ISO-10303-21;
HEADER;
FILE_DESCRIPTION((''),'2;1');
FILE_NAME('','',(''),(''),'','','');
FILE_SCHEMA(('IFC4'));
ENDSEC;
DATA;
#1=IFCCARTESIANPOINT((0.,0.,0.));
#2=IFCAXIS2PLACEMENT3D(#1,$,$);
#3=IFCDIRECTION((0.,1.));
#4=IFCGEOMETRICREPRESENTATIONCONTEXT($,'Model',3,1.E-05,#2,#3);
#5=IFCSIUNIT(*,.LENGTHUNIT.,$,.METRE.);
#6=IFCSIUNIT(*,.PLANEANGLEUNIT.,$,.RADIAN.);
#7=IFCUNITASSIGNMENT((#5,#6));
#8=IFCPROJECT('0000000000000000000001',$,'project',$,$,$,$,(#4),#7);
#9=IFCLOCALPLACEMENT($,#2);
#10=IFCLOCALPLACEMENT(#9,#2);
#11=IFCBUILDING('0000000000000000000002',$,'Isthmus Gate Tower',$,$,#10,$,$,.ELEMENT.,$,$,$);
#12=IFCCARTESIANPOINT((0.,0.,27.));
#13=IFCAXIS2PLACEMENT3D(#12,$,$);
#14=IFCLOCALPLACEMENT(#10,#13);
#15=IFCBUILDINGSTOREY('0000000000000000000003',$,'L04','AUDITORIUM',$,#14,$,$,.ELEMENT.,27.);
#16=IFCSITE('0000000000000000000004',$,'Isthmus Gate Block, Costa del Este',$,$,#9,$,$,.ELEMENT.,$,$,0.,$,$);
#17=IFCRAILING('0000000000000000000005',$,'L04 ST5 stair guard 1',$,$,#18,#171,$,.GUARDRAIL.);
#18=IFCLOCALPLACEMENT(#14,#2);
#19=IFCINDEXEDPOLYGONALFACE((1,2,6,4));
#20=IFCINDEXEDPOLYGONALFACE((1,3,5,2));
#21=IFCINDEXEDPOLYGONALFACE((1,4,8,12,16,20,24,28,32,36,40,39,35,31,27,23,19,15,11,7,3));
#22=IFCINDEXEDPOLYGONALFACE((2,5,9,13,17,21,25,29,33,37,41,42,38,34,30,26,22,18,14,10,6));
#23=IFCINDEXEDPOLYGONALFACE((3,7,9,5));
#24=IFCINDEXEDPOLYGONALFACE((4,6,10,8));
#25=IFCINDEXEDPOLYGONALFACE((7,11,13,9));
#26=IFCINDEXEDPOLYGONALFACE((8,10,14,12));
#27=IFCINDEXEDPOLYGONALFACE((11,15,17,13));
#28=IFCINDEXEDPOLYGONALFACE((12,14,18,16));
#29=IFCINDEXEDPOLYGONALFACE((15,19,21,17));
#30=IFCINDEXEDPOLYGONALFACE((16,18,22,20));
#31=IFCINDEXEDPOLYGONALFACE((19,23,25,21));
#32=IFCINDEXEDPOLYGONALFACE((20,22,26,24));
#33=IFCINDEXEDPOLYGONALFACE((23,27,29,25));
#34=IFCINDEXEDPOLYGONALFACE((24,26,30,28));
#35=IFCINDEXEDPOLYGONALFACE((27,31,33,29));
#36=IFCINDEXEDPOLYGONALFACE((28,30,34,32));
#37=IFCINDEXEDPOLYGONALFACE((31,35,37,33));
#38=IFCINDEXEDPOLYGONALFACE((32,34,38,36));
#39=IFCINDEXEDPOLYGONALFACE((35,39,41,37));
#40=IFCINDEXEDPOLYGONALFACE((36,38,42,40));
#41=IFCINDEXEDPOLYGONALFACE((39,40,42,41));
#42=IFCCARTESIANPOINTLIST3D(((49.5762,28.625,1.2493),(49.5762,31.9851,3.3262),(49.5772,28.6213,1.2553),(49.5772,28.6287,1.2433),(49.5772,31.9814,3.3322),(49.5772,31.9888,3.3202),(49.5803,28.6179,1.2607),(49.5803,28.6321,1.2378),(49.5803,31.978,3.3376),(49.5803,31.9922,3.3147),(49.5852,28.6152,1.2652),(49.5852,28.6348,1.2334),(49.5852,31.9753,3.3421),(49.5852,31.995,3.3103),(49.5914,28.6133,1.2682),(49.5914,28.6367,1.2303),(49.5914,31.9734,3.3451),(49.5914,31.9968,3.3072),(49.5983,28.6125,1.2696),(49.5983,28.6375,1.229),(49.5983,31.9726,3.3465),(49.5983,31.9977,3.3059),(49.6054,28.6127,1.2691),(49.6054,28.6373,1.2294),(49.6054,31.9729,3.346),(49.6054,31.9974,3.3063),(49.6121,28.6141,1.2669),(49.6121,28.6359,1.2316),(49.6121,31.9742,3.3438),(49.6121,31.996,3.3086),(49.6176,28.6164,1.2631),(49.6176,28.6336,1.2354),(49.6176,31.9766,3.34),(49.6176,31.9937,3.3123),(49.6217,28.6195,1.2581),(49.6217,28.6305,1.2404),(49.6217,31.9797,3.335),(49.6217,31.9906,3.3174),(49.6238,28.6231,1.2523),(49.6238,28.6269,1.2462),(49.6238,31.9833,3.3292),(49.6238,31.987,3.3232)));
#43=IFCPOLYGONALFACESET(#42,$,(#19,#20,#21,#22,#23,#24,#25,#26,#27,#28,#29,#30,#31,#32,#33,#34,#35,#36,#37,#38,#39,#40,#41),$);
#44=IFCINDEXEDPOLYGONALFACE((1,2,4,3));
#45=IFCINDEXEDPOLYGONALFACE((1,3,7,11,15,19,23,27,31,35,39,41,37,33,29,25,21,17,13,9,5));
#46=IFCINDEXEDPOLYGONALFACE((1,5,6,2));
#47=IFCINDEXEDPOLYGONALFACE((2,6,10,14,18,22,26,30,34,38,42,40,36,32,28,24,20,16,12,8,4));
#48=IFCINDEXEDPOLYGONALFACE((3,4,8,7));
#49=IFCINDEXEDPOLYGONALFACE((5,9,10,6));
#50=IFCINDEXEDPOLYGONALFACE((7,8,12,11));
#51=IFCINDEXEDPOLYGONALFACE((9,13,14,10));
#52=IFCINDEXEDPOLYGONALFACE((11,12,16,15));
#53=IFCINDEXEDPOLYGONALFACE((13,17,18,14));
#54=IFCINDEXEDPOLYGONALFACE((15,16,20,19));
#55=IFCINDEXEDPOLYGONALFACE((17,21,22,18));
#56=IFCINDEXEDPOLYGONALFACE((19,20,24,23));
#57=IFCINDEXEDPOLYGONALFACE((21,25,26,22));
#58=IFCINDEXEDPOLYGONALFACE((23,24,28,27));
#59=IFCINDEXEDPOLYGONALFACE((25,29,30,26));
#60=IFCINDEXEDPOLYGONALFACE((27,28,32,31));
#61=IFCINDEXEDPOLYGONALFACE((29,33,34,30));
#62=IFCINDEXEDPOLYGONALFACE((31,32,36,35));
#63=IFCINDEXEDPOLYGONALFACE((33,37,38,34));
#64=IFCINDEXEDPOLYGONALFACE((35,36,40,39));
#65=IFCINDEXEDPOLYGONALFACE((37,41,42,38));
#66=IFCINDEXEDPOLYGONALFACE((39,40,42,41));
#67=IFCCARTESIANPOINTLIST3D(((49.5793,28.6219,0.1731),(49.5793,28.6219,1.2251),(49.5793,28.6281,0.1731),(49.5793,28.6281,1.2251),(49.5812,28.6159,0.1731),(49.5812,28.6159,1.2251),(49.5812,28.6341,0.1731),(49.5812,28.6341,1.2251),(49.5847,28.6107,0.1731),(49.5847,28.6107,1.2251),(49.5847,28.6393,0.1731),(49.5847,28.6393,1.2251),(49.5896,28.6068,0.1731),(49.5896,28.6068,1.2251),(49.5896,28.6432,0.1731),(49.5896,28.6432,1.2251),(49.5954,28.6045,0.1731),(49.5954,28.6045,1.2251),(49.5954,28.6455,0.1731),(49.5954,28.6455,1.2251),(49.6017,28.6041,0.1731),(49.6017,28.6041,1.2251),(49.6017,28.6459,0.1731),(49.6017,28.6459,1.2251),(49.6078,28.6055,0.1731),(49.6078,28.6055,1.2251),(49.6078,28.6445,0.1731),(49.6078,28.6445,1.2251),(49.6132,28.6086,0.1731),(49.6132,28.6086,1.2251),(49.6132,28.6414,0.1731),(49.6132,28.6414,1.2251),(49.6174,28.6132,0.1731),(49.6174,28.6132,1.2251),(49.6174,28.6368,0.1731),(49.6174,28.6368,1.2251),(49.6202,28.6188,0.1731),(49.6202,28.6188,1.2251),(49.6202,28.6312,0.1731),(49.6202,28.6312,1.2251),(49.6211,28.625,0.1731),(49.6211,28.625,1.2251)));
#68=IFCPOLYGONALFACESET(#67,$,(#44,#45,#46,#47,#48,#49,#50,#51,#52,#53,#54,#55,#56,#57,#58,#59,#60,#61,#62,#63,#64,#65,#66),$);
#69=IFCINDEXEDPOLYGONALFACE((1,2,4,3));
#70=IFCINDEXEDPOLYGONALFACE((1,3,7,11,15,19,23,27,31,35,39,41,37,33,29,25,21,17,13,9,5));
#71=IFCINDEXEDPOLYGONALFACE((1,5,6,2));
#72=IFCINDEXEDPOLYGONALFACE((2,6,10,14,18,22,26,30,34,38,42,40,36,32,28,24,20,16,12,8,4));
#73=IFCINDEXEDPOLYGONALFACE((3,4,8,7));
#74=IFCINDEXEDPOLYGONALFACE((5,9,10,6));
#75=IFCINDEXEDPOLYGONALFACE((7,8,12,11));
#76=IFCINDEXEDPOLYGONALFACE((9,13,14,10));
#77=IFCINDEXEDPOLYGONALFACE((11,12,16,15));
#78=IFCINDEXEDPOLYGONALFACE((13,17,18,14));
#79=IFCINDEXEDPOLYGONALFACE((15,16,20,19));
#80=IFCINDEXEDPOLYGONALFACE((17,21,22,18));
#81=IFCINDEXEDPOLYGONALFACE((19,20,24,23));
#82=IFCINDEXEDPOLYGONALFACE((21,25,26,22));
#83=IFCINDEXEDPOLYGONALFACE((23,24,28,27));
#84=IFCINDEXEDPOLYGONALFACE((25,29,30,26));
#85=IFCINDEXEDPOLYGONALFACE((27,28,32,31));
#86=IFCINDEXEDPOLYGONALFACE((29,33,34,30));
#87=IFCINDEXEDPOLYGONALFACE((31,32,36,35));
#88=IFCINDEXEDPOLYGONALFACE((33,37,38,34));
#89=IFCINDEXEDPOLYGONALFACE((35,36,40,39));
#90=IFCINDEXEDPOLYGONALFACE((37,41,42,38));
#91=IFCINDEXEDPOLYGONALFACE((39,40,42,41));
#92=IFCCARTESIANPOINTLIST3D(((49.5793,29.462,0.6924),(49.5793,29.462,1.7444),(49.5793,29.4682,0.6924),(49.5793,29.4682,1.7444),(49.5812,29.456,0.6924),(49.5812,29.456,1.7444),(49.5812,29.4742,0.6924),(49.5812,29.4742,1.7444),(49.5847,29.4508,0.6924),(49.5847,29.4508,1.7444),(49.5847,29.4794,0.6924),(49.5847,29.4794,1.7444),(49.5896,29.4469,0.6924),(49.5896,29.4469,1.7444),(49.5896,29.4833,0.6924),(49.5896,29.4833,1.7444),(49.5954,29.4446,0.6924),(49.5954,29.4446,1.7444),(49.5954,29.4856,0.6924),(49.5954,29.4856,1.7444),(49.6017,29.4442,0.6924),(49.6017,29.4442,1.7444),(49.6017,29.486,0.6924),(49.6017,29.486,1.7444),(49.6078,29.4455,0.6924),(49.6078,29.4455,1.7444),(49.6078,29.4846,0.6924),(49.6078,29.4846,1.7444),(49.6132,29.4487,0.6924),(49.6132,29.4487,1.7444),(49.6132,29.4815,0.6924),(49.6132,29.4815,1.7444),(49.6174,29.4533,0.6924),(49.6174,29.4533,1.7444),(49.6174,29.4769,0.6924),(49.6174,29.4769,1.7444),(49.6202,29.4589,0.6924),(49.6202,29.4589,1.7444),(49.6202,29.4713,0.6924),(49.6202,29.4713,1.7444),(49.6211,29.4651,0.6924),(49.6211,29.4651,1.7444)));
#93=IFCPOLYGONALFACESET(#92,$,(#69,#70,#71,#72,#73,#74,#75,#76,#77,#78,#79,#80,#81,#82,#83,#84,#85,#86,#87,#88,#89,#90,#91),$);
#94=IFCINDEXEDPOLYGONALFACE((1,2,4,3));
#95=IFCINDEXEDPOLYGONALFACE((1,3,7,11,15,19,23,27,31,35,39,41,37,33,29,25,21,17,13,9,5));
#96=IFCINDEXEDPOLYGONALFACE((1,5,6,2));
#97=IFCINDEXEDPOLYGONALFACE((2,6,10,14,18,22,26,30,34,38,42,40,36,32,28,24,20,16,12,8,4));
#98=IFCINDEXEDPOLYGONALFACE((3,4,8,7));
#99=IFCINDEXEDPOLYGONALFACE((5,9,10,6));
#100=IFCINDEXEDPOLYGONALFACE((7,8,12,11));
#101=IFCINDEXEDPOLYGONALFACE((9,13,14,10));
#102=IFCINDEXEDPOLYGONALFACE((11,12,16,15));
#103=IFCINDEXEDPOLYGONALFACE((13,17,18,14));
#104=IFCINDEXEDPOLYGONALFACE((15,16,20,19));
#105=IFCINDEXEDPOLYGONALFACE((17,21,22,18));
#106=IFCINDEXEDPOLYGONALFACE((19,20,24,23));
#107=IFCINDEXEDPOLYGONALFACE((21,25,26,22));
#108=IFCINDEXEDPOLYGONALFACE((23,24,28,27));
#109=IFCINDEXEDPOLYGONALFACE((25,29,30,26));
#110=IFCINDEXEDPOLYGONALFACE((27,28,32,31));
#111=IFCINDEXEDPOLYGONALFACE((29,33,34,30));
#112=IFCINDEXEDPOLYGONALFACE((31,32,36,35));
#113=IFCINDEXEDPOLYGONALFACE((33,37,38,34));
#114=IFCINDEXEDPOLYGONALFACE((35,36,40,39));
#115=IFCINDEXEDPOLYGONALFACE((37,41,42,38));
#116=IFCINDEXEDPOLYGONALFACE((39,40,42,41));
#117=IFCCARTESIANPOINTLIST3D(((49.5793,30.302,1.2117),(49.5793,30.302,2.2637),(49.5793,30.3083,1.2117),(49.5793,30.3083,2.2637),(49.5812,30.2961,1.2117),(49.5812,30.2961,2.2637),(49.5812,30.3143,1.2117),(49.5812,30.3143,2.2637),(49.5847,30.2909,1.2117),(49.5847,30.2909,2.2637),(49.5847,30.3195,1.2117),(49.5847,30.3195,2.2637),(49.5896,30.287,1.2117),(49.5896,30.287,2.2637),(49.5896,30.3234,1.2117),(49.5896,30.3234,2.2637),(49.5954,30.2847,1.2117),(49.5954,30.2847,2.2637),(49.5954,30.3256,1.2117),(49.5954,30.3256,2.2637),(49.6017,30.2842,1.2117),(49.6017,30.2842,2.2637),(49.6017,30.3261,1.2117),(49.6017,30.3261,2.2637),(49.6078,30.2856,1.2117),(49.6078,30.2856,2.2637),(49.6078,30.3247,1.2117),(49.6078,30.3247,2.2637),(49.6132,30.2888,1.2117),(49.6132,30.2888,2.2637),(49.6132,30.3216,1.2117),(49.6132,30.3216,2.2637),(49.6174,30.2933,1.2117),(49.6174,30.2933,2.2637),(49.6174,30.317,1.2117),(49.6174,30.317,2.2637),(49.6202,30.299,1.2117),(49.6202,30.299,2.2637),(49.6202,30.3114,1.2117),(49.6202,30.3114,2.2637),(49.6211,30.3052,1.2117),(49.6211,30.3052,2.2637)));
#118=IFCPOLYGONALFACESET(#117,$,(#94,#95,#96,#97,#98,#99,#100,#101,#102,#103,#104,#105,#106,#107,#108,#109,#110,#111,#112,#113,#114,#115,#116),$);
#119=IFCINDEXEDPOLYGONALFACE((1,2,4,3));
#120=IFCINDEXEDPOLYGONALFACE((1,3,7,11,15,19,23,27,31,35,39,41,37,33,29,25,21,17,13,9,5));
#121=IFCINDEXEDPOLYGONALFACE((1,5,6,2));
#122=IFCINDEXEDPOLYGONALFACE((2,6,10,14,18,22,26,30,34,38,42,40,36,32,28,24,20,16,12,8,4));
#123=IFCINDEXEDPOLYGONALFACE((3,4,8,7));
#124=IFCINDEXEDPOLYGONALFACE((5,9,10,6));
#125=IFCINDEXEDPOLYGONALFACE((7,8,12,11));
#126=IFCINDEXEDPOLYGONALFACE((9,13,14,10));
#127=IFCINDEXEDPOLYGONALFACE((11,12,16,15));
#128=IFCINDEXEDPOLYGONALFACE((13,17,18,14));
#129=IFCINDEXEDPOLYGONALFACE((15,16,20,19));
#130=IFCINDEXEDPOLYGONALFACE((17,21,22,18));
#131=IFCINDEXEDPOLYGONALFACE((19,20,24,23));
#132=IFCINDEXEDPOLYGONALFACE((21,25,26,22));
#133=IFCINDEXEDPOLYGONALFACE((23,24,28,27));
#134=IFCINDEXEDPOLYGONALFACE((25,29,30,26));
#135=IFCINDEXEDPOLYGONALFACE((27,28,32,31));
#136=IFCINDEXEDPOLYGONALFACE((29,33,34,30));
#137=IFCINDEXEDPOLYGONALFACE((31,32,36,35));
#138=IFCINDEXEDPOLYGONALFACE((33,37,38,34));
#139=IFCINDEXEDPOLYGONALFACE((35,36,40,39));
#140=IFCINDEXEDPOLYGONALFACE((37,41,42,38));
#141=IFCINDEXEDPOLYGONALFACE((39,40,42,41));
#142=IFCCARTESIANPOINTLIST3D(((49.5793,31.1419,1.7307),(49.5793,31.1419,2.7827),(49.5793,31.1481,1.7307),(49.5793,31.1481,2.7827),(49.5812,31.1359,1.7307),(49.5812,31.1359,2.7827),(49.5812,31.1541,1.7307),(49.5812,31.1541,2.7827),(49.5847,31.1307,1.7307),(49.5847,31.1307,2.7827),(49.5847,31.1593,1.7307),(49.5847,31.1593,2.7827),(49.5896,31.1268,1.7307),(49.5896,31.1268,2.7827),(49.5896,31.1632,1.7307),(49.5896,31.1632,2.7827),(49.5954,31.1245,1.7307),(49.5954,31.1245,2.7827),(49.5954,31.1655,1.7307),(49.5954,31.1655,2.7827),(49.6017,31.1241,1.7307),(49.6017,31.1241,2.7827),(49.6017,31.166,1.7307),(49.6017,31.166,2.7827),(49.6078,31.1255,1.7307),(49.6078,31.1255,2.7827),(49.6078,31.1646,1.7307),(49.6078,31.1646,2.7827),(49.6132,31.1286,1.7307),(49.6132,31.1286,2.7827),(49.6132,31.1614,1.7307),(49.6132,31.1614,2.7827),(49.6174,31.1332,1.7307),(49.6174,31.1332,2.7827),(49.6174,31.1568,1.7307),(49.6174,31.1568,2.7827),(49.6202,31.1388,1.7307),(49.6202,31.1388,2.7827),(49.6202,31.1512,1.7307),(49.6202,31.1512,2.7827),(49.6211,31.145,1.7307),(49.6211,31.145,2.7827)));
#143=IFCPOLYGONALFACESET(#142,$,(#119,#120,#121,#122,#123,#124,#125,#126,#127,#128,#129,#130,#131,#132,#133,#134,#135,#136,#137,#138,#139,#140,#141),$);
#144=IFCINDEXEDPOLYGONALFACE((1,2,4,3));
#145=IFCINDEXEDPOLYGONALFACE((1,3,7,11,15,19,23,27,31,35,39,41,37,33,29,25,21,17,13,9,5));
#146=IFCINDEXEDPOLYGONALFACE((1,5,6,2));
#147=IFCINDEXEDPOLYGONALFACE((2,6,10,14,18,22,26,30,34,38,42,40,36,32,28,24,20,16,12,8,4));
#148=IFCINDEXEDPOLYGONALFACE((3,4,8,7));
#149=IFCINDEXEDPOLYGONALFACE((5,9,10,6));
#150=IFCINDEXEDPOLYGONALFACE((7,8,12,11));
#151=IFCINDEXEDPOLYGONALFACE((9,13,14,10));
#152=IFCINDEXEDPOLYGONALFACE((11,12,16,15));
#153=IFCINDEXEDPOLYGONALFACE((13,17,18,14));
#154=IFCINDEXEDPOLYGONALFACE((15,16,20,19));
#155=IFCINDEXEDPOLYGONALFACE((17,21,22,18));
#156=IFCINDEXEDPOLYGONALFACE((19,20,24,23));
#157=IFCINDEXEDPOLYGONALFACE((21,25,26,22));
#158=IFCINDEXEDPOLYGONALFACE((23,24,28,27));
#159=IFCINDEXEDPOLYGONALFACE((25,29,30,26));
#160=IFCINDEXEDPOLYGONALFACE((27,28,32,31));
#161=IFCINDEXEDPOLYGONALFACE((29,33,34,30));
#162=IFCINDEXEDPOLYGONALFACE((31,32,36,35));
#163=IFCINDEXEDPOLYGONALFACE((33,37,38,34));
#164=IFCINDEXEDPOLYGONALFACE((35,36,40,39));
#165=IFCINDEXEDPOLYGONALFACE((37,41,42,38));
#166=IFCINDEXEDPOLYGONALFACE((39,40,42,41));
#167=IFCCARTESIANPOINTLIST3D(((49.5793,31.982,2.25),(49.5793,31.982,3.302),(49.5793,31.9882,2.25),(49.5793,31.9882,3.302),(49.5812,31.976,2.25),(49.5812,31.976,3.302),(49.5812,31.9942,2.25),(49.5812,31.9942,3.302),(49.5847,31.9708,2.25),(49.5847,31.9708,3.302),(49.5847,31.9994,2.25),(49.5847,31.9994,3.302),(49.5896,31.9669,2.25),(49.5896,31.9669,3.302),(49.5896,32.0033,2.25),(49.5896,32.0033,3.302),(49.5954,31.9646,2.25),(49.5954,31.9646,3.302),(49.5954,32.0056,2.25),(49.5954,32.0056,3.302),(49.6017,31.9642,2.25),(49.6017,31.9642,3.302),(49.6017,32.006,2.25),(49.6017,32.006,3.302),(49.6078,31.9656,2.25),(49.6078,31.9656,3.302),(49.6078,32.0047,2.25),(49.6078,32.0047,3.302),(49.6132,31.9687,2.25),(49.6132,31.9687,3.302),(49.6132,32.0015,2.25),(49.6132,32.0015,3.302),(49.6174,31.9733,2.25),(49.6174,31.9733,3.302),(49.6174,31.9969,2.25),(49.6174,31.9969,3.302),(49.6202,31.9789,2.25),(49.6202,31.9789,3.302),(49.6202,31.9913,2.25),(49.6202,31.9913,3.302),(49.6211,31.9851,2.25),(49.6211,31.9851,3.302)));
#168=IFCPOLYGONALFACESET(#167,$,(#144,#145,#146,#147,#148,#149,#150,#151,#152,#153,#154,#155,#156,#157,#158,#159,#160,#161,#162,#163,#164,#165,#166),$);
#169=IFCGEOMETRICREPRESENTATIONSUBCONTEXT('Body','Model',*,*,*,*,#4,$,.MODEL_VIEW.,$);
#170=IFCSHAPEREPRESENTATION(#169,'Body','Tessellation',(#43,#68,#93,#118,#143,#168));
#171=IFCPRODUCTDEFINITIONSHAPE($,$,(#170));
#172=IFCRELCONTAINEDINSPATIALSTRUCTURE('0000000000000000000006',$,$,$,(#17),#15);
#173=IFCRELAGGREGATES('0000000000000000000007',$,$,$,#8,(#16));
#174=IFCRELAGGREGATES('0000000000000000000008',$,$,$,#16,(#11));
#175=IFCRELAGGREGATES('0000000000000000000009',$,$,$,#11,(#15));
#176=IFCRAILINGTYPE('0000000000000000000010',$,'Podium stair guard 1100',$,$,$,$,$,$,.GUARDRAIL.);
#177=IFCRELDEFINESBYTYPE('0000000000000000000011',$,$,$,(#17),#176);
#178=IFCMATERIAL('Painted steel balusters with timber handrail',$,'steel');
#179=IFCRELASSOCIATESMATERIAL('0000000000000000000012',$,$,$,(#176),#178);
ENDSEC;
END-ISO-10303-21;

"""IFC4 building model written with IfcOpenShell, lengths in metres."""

from ifc_helpers import new_model, si_unit, direction, frame, origin, origin_2d, place, context, subcontext, project, spatial, circle, extrude, material, type_object, element, save


model = new_model("IFC4")

# Units and contexts
model_context = context("Model", 3, precision=1e-05, world=origin(), true_north=direction((0.0, 1.0)))
body_context = subcontext(model_context, "Body", "Model", "MODEL_VIEW")
ifc_project = project(units=[si_unit("LENGTHUNIT", "METRE"), si_unit("PLANEANGLEUNIT", "RADIAN")], contexts=[model_context])

# Site, building, storey
site_placement = place(None, origin())
site = spatial("IfcSite", under=ifc_project, at=site_placement, Name="Isthmus Gate Block, Costa del Este", CompositionType="ELEMENT", RefElevation=0.0)
building_placement = place(site_placement, origin())
building = spatial("IfcBuilding", under=site, at=building_placement, Name="Isthmus Gate Tower", CompositionType="ELEMENT")
storey_placement = place(building_placement, frame((0.0, 0.0, 27.0)))
storey = spatial("IfcBuildingStorey", under=building, at=storey_placement, Name="L04", Description="AUDITORIUM", CompositionType="ELEMENT", Elevation=27.0)

# Railing
ifc_material_1 = material(Name="Painted steel balusters with timber handrail", Category="steel")
railing_type_1 = type_object("IfcRailingType", Name="Podium stair guard 1100", PredefinedType="GUARDRAIL", material=ifc_material_1)
railing_1_placement = place(storey_placement, frame((49.6001, 28.625, 0.1731)))
element("IfcRailing", 1, at=railing_1_placement, inside=storey, type_object=railing_type_1, Name="L04 ST5 stair guard 1", PredefinedType="GUARDRAIL", context=body_context, shape_type="SweptSolid", body=[
    extrude(circle(Radius=0.0239, at=origin_2d()), frame((0.0, 0.0, 1.0762), z_axis=(0.0, 0.850623, 0.525776), x_axis=(-1.0, 0.0, 0.0)), (0.0, 0.0, 1.0), 3.9502),
    extrude(circle(Radius=0.021, at=origin_2d()), origin(), (0.0, 0.0, 1.0), 1.052),
    extrude(circle(Radius=0.021, at=origin_2d()), frame((0.0, 0.8401, 0.5193)), (0.0, 0.0, 1.0), 1.052),
    extrude(circle(Radius=0.021, at=origin_2d()), frame((0.0, 1.6802, 1.0386)), (0.0, 0.0, 1.0), 1.052),
    extrude(circle(Radius=0.021, at=origin_2d()), frame((0.0, 2.52, 1.5576)), (0.0, 0.0, 1.0), 1.052),
    extrude(circle(Radius=0.021, at=origin_2d()), frame((0.0, 3.3601, 2.0769)), (0.0, 0.0, 1.0), 1.052),
])

save(model, "model.ifc")
